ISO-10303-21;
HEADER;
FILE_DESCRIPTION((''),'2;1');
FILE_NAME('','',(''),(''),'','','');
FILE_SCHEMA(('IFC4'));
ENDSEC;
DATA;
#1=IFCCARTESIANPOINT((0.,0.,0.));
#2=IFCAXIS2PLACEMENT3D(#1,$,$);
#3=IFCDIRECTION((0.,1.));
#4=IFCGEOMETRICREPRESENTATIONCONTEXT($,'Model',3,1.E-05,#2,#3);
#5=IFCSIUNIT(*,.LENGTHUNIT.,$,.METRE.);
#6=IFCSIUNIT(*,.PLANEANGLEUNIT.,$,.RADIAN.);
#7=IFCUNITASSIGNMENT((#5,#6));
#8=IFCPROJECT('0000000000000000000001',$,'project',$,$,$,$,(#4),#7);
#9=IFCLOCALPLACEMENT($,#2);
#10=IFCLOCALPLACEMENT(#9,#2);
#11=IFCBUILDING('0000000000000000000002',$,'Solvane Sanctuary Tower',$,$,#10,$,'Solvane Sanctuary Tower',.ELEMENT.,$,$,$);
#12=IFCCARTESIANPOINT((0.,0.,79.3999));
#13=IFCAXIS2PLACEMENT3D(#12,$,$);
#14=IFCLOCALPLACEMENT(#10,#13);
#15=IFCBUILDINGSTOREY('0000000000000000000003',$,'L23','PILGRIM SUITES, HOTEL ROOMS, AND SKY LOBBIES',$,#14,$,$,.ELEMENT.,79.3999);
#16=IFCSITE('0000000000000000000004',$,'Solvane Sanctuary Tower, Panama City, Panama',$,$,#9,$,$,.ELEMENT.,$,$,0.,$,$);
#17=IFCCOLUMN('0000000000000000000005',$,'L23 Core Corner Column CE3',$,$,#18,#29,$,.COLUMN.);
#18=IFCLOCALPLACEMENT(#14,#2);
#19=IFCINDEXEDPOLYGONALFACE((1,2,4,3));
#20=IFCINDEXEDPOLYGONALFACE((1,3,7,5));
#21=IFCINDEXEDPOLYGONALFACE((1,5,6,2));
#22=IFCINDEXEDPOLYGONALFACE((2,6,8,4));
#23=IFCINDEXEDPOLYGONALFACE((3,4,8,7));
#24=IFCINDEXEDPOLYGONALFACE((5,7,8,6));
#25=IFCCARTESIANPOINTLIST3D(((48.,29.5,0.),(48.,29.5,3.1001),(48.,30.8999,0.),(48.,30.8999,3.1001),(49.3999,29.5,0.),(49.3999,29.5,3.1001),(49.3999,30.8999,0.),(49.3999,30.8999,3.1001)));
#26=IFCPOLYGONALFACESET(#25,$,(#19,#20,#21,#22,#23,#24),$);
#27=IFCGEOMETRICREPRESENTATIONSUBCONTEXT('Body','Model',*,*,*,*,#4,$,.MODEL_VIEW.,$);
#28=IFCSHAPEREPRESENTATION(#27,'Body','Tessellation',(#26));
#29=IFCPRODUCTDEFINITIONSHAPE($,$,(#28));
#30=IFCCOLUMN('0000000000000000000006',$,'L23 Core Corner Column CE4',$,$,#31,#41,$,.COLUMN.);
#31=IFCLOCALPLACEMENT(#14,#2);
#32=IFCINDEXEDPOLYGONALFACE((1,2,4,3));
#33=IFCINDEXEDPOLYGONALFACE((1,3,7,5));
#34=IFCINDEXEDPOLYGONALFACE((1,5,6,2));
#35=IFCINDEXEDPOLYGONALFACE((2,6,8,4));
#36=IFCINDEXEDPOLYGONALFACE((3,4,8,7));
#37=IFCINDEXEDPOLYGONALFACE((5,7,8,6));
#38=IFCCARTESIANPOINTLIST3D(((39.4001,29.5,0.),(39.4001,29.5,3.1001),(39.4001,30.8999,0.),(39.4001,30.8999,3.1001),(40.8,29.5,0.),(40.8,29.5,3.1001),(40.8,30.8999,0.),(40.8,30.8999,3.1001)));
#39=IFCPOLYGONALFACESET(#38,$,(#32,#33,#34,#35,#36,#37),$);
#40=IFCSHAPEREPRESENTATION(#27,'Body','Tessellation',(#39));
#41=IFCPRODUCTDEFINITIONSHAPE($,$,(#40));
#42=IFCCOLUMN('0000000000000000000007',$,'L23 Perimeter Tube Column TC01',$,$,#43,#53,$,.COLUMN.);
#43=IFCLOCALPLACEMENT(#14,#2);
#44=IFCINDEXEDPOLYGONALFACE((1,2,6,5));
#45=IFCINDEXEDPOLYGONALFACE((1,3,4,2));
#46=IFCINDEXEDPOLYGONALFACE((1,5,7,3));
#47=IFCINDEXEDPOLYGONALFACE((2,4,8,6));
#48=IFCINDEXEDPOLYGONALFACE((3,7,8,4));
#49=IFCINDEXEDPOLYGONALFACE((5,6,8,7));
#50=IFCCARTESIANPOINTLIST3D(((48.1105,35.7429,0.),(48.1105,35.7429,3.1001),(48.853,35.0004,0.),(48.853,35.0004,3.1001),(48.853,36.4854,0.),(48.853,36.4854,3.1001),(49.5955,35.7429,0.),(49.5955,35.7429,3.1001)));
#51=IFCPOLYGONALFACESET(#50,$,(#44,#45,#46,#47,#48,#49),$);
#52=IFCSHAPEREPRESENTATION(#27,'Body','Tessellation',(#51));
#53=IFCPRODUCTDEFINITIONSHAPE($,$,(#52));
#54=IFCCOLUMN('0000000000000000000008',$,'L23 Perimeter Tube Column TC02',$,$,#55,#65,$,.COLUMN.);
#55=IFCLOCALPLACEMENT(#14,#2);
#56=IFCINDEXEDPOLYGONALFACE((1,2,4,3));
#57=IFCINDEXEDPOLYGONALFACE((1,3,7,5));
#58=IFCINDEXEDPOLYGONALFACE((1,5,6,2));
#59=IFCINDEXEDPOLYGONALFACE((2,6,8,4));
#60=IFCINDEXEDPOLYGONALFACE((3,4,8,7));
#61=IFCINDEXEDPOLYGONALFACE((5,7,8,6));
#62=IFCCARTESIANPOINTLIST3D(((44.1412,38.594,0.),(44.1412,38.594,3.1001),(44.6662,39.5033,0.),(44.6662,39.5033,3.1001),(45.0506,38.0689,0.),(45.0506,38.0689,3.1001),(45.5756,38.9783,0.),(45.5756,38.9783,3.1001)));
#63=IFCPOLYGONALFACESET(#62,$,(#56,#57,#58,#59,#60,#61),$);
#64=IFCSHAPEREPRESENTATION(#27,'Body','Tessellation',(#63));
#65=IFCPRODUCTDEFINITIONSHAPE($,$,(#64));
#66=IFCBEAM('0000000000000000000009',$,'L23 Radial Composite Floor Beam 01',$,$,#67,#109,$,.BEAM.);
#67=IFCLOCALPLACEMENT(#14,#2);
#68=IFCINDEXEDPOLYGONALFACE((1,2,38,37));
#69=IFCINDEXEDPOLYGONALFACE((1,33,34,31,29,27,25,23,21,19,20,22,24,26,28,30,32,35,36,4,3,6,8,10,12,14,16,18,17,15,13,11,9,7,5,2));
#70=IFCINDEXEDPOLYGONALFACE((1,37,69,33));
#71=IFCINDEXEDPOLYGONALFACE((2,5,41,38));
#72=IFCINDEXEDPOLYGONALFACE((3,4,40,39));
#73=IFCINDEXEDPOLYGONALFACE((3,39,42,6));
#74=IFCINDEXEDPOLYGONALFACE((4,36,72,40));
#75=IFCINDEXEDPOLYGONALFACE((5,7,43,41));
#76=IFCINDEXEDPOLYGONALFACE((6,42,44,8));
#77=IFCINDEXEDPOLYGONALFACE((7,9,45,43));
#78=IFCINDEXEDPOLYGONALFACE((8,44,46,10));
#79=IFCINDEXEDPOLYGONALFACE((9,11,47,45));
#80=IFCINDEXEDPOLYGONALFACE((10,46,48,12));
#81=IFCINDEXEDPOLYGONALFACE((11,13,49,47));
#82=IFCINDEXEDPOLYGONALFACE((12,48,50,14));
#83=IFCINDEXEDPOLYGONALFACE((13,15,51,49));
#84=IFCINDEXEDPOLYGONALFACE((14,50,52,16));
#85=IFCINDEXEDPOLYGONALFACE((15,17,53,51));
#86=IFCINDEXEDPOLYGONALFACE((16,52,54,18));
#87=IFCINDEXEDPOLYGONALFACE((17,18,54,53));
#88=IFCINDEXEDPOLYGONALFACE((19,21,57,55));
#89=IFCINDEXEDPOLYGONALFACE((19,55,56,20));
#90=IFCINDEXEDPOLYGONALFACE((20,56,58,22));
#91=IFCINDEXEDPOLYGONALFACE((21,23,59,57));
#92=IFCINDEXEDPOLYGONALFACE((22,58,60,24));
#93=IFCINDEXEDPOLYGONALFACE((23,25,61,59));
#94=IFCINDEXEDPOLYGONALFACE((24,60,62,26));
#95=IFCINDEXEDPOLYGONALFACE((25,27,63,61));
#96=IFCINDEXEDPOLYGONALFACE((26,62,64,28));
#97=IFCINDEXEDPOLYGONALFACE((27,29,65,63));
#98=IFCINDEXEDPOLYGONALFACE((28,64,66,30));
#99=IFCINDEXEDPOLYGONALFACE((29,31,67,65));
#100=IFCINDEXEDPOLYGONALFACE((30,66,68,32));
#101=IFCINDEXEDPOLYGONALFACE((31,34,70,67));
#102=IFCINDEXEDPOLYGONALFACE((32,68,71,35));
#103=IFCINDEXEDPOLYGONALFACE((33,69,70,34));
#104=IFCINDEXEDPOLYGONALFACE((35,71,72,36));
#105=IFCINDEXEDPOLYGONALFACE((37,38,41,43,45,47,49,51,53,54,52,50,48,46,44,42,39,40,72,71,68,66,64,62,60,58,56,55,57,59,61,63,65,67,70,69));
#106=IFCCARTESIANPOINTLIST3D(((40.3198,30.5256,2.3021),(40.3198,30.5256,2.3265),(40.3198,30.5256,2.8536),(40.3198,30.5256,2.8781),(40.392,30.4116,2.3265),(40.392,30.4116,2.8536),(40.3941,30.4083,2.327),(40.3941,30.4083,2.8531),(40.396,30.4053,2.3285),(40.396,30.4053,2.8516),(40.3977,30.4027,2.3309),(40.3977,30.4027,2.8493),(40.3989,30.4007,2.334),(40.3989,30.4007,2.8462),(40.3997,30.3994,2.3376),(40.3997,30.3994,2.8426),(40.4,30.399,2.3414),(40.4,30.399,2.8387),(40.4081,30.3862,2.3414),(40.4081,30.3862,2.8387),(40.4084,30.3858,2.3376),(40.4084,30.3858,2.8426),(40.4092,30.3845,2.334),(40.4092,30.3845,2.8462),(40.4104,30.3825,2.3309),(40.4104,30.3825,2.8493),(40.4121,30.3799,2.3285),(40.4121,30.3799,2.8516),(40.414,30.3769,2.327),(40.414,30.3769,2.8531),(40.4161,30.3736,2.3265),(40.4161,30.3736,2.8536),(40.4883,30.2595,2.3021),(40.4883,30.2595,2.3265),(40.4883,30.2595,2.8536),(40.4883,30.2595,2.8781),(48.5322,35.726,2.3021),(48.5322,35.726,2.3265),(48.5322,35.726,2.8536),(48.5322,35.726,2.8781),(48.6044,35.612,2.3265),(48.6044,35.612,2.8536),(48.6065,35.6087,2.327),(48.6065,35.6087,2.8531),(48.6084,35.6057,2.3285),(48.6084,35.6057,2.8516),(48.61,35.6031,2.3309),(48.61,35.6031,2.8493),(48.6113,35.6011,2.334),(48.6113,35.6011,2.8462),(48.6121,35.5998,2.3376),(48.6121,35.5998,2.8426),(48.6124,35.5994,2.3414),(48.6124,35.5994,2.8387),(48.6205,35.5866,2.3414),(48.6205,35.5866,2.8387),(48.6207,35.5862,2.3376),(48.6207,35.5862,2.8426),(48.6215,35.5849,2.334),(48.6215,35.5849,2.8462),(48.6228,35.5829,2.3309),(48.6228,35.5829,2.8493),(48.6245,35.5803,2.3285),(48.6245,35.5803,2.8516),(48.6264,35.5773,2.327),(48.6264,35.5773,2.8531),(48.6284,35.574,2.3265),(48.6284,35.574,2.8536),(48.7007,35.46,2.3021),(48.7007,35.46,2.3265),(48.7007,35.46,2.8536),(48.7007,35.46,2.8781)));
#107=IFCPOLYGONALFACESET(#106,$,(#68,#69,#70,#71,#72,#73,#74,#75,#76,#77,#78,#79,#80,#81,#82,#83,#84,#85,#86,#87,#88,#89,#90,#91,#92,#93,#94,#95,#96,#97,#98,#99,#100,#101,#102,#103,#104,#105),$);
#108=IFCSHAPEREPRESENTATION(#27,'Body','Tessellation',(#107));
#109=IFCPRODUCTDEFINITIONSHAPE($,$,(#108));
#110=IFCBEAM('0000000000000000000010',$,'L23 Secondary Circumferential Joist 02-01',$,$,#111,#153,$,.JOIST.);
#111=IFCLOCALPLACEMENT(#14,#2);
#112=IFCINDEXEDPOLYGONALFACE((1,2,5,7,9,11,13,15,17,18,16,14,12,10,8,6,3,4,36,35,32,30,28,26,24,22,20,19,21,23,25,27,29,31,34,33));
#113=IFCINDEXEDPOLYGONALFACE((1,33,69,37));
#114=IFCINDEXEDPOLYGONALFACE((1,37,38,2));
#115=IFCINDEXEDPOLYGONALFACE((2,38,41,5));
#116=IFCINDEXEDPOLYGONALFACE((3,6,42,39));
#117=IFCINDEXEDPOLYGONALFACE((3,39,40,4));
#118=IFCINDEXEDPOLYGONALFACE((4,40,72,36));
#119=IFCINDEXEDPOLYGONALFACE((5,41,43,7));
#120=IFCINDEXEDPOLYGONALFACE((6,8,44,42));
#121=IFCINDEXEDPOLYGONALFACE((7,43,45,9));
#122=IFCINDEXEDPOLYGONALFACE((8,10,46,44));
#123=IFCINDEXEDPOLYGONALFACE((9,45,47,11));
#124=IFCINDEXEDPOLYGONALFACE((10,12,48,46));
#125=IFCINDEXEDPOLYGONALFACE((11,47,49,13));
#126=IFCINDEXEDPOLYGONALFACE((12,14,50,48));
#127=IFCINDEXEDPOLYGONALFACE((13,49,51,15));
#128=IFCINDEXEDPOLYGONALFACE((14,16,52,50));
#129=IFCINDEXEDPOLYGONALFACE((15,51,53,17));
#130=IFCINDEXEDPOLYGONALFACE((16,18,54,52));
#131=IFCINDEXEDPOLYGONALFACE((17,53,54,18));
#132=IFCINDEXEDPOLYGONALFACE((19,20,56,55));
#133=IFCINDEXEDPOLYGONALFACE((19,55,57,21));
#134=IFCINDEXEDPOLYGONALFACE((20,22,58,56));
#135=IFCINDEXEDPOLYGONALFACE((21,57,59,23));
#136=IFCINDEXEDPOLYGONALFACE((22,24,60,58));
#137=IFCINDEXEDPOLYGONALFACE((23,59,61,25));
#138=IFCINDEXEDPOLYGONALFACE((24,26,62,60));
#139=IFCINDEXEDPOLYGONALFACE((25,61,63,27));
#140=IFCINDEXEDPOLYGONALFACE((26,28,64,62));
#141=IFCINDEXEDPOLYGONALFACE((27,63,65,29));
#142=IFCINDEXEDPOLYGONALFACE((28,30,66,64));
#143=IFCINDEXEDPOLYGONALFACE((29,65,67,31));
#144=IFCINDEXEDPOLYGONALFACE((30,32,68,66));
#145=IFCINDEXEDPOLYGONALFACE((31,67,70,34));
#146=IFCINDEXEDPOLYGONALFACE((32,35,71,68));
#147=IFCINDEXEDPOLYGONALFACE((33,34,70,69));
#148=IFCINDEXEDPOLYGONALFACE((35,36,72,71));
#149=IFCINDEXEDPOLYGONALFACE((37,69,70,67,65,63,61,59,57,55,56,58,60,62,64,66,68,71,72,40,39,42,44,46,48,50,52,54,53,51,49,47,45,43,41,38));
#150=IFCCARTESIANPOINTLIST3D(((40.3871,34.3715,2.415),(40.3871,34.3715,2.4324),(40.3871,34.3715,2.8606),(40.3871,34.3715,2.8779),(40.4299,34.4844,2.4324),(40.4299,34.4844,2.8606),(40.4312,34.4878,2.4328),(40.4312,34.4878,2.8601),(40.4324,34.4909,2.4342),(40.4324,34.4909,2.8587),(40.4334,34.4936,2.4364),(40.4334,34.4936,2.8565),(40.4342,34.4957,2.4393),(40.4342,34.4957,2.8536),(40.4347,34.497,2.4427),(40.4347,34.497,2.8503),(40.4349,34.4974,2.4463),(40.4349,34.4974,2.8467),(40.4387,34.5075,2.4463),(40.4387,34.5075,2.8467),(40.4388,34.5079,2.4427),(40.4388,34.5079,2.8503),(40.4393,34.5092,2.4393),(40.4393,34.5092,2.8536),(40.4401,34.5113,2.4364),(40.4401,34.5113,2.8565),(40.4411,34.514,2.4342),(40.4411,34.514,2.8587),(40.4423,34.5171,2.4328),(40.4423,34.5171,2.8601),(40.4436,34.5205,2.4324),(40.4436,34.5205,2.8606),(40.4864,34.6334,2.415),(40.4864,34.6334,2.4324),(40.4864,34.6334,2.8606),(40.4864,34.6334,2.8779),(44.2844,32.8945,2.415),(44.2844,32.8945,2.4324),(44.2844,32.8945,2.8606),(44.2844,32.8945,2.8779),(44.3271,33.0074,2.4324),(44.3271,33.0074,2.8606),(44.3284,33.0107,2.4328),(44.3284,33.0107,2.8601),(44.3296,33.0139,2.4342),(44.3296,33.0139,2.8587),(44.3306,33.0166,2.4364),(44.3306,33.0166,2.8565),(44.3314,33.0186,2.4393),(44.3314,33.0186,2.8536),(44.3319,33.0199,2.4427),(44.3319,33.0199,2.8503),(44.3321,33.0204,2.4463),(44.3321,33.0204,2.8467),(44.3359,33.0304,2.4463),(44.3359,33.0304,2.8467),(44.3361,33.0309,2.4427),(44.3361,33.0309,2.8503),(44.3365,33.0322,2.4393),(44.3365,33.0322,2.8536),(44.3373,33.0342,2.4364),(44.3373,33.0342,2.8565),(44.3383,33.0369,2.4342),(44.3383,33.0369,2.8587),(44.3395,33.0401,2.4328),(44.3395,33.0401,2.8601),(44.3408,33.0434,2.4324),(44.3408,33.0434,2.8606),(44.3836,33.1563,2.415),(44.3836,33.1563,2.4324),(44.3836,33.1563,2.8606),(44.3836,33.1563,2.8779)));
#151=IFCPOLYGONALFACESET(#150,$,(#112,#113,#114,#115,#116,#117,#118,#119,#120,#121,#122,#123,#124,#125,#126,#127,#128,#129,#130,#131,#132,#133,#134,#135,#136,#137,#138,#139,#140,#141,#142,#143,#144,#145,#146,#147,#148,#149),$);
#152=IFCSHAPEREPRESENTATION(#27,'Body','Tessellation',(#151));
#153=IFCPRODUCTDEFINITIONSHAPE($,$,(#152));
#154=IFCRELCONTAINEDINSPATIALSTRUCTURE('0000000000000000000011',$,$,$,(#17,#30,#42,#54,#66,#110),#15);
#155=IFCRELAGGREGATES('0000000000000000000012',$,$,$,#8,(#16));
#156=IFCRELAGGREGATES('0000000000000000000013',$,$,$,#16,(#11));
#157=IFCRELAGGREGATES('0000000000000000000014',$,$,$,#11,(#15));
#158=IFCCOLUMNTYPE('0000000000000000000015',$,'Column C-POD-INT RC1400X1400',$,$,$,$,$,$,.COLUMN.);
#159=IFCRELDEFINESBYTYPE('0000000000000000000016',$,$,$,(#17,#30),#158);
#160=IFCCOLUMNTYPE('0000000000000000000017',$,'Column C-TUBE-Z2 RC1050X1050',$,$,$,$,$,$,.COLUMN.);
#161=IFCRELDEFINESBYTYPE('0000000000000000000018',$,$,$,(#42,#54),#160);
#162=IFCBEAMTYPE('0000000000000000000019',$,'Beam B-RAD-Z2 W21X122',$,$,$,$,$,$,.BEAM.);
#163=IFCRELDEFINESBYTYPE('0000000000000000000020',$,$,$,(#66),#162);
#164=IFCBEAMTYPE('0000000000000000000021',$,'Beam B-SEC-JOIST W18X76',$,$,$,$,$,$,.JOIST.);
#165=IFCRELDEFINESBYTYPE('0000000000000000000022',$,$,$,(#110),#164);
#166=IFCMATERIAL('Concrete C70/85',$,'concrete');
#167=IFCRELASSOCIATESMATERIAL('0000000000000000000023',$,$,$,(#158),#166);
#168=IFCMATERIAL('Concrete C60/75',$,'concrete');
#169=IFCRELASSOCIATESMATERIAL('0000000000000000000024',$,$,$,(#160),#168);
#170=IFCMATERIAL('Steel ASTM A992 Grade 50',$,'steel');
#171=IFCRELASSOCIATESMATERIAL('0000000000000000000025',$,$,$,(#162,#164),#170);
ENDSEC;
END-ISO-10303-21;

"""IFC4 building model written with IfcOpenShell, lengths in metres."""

from ifc_helpers import new_model, si_unit, direction, frame, origin, origin_2d, place, context, subcontext, project, spatial, rectangle, i_section, extrude, material, material_profile, profile_set, type_object, element, save


model = new_model("IFC4")

# Units and contexts
model_context = context("Model", 3, precision=1e-05, world=origin(), true_north=direction((0.0, 1.0)))
body_context = subcontext(model_context, "Body", "Model", "MODEL_VIEW")
ifc_project = project(units=[si_unit("LENGTHUNIT", "METRE"), si_unit("PLANEANGLEUNIT", "RADIAN")], contexts=[model_context])

# Site, building, storey
site_placement = place(None, origin())
site = spatial("IfcSite", under=ifc_project, at=site_placement, Name="Solvane Sanctuary Tower, Panama City, Panama", CompositionType="ELEMENT", RefElevation=0.0)
building_placement = place(site_placement, origin())
building = spatial("IfcBuilding", under=site, at=building_placement, Name="Solvane Sanctuary Tower", LongName="Solvane Sanctuary Tower", CompositionType="ELEMENT")
storey_placement = place(building_placement, frame((0.0, 0.0, 79.3999)))
storey = spatial("IfcBuildingStorey", under=building, at=storey_placement, Name="L23", Description="PILGRIM SUITES, HOTEL ROOMS, AND SKY LOBBIES", CompositionType="ELEMENT", Elevation=79.3999)

# Columns
ifc_material_1 = material(Name="Concrete C70/85", Category="concrete")
ifc_material_profile_1 = material_profile(ifc_material_1, rectangle(XDim=1.3999, YDim=1.3999, at=origin_2d()), Name="RC1400X1400")
ifc_profile_set_1 = profile_set([ifc_material_profile_1], Name="Concrete C70/85")
column_type_1 = type_object("IfcColumnType", Name="Column C-POD-INT RC1400X1400", PredefinedType="COLUMN", material=ifc_profile_set_1)
for number, where, z_axis, x_axis, name in (
    (1, (48.7, 30.2, 0.0), (0.0, 0.0, 1.0), (1.0, 0.0, 0.0), "L23 Core Corner Column CE3"),
    (2, (40.1001, 30.2, 0.0), (0.0, 0.0, 1.0), (1.0, 0.0, 0.0), "L23 Core Corner Column CE4"),
):
    element("IfcColumn", number, at=place(storey_placement, frame(where, z_axis=z_axis, x_axis=x_axis)), inside=storey, type_object=column_type_1, Name=name, PredefinedType="COLUMN", context=body_context, shape_type="SweptSolid", body=[
        extrude(rectangle(XDim=1.3999, YDim=1.3999, at=origin_2d()), origin(), (0.0, 0.0, 1.0), 3.1001),
    ])
ifc_material_2 = material(Name="Concrete C60/75", Category="concrete")
ifc_material_profile_2 = material_profile(ifc_material_2, rectangle(XDim=1.05, YDim=1.05, at=origin_2d()), Name="RC1050X1050")
ifc_profile_set_2 = profile_set([ifc_material_profile_2], Name="Concrete C60/75")
column_type_2 = type_object("IfcColumnType", Name="Column C-TUBE-Z2 RC1050X1050", PredefinedType="COLUMN", material=ifc_profile_set_2)
for number, where, z_axis, x_axis, name in (
    (3, (48.853, 35.7429, 0.0), (0.0, 0.0, 1.0), (0.707107, 0.707107, 0.0), "L23 Perimeter Tube Column TC01"),
    (4, (44.8584, 38.7861, 0.0), (0.0, 0.0, 1.0), (0.5, 0.866025, 0.0), "L23 Perimeter Tube Column TC02"),
):
    element("IfcColumn", number, at=place(storey_placement, frame(where, z_axis=z_axis, x_axis=x_axis)), inside=storey, type_object=column_type_2, Name=name, PredefinedType="COLUMN", context=body_context, shape_type="SweptSolid", body=[
        extrude(rectangle(XDim=1.05, YDim=1.05, at=origin_2d()), origin(), (0.0, 0.0, 1.0), 3.1001),
    ])

# Beams
ifc_material_3 = material(Name="Steel ASTM A992 Grade 50", Category="steel")
ifc_material_profile_3 = material_profile(ifc_material_3, i_section(OverallWidth=0.3149, OverallDepth=0.5759, WebThickness=0.0151, FlangeThickness=0.0244, FilletRadius=0.0149, at=origin_2d()), Name="W21X122")
ifc_profile_set_3 = profile_set([ifc_material_profile_3], Name="Steel ASTM A992 Grade 50")
beam_type_1 = type_object("IfcBeamType", Name="Beam B-RAD-Z2 W21X122", PredefinedType="BEAM", material=ifc_profile_set_3)
beam_1_placement = place(storey_placement, frame((40.4041, 30.3926, 2.5901), z_axis=(0.844854, 0.534997, 0.0), x_axis=(-0.534997, 0.844854, 0.0)))
element("IfcBeam", 5, at=beam_1_placement, inside=storey, type_object=beam_type_1, Name="L23 Radial Composite Floor Beam 01", PredefinedType="BEAM", context=body_context, shape_type="SweptSolid", body=[
    extrude(i_section(OverallWidth=0.3149, OverallDepth=0.5759, WebThickness=0.0151, FlangeThickness=0.0244, FilletRadius=0.0149, at=origin_2d()), origin(), (0.0, 0.0, 1.0), 9.7205),
])
ifc_material_profile_4 = material_profile(ifc_material_3, i_section(OverallWidth=0.28, OverallDepth=0.4629, WebThickness=0.0107, FlangeThickness=0.0173, FilletRadius=0.0139, at=origin_2d()), Name="W18X76")
ifc_profile_set_4 = profile_set([ifc_material_profile_4], Name="Steel ASTM A992 Grade 50")
beam_type_2 = type_object("IfcBeamType", Name="Beam B-SEC-JOIST W18X76", PredefinedType="JOIST", material=ifc_profile_set_4)
beam_2_placement = place(storey_placement, frame((40.4368, 34.5024, 2.6465), z_axis=(0.935093, -0.354402, 0.0), x_axis=(0.354402, 0.935093, 0.0)))
element("IfcBeam", 6, at=beam_2_placement, inside=storey, type_object=beam_type_2, Name="L23 Secondary Circumferential Joist 02-01", PredefinedType="JOIST", context=body_context, shape_type="SweptSolid", body=[
    extrude(i_section(OverallWidth=0.28, OverallDepth=0.4629, WebThickness=0.0107, FlangeThickness=0.0173, FilletRadius=0.0139, at=origin_2d()), origin(), (0.0, 0.0, 1.0), 4.1677),
])

save(model, "model.ifc")
